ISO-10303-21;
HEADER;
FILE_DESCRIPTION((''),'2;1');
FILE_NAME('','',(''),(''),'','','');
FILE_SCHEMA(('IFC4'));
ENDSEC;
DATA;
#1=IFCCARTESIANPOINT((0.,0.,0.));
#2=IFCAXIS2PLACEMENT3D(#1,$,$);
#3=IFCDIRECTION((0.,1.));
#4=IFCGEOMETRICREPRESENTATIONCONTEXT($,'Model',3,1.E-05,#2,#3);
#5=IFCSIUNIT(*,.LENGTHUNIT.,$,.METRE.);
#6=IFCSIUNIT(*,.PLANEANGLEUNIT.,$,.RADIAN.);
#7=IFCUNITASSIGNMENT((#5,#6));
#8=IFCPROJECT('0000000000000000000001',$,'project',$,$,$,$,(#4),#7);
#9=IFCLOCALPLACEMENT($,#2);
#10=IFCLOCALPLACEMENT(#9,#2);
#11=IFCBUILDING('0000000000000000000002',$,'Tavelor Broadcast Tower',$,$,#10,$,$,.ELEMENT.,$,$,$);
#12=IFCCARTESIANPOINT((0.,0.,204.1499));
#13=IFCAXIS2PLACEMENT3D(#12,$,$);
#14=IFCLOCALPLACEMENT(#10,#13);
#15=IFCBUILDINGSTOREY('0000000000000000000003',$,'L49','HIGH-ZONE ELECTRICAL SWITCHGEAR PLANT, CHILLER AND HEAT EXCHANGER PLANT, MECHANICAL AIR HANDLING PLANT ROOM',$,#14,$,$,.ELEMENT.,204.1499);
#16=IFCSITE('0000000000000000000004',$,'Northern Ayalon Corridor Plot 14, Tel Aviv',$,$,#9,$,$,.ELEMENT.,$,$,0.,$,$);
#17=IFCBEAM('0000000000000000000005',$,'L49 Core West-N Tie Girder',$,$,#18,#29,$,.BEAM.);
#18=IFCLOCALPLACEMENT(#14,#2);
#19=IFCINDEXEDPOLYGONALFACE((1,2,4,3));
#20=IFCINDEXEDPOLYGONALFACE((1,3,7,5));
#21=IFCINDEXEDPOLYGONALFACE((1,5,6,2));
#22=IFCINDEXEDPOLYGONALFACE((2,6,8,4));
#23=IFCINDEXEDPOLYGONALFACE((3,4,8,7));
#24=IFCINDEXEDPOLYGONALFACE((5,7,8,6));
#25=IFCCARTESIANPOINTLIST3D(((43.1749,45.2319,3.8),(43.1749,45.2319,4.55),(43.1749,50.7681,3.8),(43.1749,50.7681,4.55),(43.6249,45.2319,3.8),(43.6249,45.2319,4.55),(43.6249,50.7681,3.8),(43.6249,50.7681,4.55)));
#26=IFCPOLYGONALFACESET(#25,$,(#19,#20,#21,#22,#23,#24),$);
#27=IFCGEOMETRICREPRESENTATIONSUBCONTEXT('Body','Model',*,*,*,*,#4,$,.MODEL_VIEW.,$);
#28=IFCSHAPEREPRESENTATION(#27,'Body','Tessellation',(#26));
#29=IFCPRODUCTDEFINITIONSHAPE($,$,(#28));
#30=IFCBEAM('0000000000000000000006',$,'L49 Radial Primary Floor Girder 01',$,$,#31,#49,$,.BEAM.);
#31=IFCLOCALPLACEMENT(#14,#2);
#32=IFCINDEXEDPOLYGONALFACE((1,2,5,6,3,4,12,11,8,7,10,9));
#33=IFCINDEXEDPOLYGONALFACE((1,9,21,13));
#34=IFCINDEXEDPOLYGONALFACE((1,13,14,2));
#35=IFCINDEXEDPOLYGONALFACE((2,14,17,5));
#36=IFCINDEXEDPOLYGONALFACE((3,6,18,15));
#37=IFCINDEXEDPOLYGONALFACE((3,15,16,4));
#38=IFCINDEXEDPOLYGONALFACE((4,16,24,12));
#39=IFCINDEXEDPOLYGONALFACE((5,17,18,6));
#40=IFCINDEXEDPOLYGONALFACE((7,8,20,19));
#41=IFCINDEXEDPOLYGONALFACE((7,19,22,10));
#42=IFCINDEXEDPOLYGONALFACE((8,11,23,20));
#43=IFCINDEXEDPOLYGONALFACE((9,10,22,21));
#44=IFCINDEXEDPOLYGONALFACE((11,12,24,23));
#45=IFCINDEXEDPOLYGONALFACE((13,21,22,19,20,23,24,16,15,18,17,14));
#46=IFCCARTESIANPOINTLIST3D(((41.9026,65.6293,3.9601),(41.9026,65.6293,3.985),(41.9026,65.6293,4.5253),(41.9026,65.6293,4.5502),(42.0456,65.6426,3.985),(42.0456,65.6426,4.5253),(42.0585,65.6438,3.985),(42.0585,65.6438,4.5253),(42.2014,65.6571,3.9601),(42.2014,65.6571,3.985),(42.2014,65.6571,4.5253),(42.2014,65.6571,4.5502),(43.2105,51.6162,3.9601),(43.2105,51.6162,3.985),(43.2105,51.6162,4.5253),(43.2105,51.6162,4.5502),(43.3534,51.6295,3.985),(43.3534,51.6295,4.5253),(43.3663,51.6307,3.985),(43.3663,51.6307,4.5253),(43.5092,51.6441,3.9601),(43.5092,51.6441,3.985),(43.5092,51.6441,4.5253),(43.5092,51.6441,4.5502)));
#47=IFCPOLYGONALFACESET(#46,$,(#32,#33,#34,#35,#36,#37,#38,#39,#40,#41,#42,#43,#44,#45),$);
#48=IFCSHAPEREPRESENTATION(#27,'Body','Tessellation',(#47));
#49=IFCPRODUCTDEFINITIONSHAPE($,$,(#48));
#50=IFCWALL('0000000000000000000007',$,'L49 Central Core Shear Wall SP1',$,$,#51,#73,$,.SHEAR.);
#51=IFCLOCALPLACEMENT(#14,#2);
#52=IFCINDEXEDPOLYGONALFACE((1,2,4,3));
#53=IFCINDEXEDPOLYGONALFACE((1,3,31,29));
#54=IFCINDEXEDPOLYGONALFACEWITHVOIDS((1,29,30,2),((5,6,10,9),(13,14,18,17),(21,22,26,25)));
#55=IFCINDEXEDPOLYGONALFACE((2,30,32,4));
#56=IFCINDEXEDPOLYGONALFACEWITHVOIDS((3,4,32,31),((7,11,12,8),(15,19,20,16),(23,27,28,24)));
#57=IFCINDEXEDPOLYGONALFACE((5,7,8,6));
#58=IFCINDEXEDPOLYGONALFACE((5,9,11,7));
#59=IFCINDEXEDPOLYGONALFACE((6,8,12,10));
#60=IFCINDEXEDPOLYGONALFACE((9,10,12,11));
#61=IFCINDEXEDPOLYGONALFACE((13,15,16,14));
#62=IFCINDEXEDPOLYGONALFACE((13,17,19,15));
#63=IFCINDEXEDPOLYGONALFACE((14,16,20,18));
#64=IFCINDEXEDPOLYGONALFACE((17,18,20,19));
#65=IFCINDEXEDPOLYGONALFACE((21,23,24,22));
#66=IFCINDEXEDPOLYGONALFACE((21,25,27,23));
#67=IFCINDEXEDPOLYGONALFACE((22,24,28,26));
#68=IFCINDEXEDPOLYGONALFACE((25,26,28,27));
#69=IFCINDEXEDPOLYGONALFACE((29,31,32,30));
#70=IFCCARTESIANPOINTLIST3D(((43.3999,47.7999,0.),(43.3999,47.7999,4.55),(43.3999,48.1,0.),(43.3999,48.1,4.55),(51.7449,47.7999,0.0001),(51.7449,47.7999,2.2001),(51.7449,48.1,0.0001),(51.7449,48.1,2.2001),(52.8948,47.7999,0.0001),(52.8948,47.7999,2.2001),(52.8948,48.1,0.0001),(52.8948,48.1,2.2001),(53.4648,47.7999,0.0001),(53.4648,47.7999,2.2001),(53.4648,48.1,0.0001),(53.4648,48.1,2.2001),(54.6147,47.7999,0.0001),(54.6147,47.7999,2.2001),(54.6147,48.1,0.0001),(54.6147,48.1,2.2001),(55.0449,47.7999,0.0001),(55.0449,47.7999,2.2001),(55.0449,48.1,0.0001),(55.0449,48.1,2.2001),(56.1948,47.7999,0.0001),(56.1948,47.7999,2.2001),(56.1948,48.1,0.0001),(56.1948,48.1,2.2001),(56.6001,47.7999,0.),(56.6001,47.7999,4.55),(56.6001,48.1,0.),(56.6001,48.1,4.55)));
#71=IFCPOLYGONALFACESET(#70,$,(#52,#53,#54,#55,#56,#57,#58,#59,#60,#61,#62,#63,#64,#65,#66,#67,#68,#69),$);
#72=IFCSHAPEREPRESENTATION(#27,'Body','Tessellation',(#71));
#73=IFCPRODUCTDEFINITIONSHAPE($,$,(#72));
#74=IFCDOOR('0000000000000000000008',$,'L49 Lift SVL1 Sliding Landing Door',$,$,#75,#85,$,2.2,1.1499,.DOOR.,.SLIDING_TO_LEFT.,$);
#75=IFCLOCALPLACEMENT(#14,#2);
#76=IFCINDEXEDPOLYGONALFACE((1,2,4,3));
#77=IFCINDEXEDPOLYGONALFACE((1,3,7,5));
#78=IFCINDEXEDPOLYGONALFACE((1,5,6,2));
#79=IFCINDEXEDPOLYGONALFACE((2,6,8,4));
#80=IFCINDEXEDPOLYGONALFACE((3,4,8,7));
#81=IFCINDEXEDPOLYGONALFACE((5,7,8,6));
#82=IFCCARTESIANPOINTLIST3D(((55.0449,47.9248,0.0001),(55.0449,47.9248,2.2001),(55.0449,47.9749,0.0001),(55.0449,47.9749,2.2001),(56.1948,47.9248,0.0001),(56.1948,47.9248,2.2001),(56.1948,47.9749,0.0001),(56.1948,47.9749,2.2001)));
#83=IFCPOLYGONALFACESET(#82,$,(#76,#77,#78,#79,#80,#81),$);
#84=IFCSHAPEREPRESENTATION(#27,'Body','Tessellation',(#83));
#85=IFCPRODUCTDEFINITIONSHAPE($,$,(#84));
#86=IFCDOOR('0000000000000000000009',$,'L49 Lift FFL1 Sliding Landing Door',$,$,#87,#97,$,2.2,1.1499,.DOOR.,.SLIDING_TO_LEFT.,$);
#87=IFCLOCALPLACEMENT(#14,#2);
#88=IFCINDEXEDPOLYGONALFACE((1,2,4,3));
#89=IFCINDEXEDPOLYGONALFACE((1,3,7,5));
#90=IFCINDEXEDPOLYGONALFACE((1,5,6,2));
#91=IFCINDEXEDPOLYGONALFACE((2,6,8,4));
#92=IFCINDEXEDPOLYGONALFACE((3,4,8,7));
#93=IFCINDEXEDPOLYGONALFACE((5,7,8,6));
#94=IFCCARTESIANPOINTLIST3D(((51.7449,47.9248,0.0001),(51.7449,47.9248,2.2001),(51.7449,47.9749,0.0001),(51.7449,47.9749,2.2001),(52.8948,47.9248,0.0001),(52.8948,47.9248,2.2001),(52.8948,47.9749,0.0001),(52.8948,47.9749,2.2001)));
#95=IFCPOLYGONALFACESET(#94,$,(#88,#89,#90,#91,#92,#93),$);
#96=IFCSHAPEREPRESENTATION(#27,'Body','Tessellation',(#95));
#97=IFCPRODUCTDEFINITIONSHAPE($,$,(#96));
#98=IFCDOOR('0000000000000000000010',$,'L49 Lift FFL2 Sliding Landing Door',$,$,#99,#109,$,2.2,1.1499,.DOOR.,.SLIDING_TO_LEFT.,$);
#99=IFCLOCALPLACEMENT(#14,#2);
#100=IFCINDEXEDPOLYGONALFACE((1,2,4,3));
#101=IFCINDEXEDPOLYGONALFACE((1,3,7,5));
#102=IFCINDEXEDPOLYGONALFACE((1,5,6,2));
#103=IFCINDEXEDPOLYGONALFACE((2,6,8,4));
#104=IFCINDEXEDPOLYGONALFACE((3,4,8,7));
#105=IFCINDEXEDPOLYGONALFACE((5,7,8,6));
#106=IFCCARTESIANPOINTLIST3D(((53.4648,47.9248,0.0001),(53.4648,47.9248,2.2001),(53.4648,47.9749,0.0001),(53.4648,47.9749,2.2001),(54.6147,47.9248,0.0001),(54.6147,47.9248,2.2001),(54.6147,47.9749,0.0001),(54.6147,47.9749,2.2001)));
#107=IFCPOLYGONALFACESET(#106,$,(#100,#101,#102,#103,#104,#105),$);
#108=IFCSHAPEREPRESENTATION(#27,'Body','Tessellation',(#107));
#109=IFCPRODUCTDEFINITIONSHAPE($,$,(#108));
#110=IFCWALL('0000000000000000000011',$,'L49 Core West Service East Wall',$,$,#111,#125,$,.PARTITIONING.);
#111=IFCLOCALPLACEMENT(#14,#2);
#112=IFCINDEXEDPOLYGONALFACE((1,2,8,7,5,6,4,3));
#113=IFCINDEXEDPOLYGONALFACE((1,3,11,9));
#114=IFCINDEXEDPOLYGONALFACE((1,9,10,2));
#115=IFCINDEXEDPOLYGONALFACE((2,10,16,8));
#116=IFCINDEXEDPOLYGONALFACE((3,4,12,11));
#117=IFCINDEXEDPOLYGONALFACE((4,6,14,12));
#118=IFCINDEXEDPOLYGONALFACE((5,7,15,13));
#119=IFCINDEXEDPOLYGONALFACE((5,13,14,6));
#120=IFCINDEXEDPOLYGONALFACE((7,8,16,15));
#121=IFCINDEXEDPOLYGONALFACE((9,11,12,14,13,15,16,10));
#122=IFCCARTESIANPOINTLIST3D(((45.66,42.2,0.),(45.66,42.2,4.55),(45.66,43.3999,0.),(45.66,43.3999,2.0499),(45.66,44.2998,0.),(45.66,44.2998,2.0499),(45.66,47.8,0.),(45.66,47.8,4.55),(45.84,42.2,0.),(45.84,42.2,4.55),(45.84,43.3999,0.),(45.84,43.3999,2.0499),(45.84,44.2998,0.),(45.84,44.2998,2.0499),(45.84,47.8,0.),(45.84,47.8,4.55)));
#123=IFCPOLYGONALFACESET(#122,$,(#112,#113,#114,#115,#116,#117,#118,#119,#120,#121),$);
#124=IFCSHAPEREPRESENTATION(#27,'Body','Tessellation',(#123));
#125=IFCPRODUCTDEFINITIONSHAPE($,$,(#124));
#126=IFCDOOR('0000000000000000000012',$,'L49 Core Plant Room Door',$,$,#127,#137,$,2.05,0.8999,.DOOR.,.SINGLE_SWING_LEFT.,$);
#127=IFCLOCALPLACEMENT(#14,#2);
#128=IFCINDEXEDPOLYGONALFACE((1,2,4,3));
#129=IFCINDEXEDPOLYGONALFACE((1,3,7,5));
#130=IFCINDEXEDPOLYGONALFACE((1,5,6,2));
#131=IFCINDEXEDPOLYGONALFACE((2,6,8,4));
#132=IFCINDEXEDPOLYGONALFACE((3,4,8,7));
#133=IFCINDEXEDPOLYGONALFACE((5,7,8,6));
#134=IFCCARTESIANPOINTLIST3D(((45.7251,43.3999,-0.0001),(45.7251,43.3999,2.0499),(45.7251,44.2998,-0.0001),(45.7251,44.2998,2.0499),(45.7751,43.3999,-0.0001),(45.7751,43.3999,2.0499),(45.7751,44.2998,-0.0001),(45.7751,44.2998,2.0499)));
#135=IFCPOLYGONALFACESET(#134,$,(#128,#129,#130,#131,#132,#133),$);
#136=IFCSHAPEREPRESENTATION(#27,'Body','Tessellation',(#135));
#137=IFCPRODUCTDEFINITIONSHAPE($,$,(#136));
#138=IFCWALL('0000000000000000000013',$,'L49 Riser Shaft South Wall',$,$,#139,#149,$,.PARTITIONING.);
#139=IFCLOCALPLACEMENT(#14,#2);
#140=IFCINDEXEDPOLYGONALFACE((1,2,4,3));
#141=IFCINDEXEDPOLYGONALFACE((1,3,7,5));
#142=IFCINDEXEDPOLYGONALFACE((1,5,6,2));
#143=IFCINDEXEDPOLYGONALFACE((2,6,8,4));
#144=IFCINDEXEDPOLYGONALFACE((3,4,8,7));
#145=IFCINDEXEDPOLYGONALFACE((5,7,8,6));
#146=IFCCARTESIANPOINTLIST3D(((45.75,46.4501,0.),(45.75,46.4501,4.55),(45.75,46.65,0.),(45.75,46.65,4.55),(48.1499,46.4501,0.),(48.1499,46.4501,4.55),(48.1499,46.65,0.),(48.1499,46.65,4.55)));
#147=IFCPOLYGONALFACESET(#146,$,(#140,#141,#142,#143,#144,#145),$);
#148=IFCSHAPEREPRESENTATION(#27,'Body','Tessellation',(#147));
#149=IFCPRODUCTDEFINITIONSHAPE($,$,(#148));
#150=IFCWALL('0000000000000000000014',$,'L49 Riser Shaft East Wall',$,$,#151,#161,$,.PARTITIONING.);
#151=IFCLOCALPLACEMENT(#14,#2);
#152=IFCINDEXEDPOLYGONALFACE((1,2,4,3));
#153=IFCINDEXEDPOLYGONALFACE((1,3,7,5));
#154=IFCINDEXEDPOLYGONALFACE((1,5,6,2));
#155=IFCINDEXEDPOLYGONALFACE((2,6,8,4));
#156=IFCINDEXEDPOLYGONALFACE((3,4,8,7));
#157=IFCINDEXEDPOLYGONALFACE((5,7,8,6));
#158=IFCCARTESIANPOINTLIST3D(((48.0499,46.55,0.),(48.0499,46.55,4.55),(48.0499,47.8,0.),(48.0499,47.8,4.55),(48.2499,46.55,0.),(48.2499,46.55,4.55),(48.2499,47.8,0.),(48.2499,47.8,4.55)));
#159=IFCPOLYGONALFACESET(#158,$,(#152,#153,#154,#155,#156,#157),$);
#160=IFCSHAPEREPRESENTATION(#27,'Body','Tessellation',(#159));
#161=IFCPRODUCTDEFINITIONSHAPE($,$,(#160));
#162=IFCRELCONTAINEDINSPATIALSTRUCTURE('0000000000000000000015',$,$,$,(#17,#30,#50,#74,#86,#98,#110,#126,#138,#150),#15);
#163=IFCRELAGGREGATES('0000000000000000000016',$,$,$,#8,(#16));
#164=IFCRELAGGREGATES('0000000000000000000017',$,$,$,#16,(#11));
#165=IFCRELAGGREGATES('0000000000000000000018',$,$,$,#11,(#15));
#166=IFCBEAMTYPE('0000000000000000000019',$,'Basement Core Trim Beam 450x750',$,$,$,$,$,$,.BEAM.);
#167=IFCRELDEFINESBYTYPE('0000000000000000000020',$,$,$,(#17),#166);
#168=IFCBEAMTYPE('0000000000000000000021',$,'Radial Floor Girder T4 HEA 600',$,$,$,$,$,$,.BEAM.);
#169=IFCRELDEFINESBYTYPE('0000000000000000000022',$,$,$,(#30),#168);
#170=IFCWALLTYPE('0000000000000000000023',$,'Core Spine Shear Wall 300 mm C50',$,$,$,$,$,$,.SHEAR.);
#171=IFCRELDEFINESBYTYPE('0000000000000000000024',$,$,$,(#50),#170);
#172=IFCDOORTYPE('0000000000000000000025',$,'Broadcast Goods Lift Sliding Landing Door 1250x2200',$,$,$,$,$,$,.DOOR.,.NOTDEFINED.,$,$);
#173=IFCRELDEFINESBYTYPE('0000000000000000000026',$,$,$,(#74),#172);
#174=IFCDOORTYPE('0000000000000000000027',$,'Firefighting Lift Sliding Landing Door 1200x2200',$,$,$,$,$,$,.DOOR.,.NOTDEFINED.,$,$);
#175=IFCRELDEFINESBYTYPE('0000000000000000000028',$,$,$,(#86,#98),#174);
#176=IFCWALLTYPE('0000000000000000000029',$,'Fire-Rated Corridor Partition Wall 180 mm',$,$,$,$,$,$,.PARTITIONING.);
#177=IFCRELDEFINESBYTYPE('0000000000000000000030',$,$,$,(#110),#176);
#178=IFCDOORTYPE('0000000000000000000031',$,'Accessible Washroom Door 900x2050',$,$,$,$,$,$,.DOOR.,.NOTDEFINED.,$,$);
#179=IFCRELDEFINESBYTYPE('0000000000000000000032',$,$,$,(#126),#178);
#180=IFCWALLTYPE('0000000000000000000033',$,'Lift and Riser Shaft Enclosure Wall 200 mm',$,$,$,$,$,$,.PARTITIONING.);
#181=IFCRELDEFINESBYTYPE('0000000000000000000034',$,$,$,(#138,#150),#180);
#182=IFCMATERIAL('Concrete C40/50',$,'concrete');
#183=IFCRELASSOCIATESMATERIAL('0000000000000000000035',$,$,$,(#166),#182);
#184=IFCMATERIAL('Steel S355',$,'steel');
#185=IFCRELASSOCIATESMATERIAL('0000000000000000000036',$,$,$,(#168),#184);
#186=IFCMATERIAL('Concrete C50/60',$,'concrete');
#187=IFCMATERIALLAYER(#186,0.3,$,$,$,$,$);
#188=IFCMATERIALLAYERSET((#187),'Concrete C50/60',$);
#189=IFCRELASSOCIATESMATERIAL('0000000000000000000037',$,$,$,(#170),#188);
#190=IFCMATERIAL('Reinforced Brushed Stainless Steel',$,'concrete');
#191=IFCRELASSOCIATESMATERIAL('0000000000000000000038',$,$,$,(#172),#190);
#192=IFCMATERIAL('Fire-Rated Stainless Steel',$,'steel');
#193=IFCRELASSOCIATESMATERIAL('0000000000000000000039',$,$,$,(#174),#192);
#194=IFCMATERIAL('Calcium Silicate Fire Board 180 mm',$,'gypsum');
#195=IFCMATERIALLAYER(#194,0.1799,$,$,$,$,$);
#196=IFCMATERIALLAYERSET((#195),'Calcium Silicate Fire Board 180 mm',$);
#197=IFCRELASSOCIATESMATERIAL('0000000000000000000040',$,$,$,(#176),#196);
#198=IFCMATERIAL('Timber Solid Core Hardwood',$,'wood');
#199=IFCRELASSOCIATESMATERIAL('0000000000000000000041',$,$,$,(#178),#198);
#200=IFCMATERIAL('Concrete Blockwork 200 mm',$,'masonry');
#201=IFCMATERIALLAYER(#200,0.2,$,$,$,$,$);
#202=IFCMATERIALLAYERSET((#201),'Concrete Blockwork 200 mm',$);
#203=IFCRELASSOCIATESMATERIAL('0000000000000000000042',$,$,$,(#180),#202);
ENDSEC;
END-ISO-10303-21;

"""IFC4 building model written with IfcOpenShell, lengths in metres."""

from ifc_helpers import new_model, si_unit, direction, frame, frame_2d, origin, origin_2d, place, context, subcontext, project, spatial, rectangle, i_section, extrude, material, layer, layer_set, material_profile, profile_set, type_object, element, fill, save


model = new_model("IFC4")

# Units and contexts
model_context = context("Model", 3, precision=1e-05, world=origin(), true_north=direction((0.0, 1.0)))
body_context = subcontext(model_context, "Body", "Model", "MODEL_VIEW")
ifc_project = project(units=[si_unit("LENGTHUNIT", "METRE"), si_unit("PLANEANGLEUNIT", "RADIAN")], contexts=[model_context])

# Site, building, storey
site_placement = place(None, origin())
site = spatial("IfcSite", under=ifc_project, at=site_placement, Name="Northern Ayalon Corridor Plot 14, Tel Aviv", CompositionType="ELEMENT", RefElevation=0.0)
building_placement = place(site_placement, origin())
building = spatial("IfcBuilding", under=site, at=building_placement, Name="Tavelor Broadcast Tower", CompositionType="ELEMENT")
storey_placement = place(building_placement, frame((0.0, 0.0, 204.1499)))
storey = spatial("IfcBuildingStorey", under=building, at=storey_placement, Name="L49", Description="HIGH-ZONE ELECTRICAL SWITCHGEAR PLANT, CHILLER AND HEAT EXCHANGER PLANT, MECHANICAL AIR HANDLING PLANT ROOM", CompositionType="ELEMENT", Elevation=204.1499)

# Beams
ifc_material_1 = material(Name="Concrete C40/50", Category="concrete")
ifc_material_profile_1 = material_profile(ifc_material_1, rectangle(XDim=0.45, YDim=0.75, at=origin_2d()), Name="RC 450x750")
ifc_profile_set_1 = profile_set([ifc_material_profile_1], Name="Concrete C40/50")
beam_type_1 = type_object("IfcBeamType", Name="Basement Core Trim Beam 450x750", PredefinedType="BEAM", material=ifc_profile_set_1)
beam_1_placement = place(storey_placement, frame((43.3999, 45.2319, 4.175), z_axis=(0.0, 1.0, 0.0), x_axis=(-1.0, 0.0, 0.0)))
element("IfcBeam", 1, at=beam_1_placement, inside=storey, type_object=beam_type_1, Name="L49 Core West-N Tie Girder", PredefinedType="BEAM", context=body_context, shape_type="SweptSolid", body=[
    extrude(rectangle(XDim=0.45, YDim=0.75, at=origin_2d()), origin(), (0.0, 0.0, 1.0), 5.5361),
])
ifc_material_2 = material(Name="Steel S355", Category="steel")
ifc_material_profile_2 = material_profile(ifc_material_2, i_section(OverallWidth=0.3, OverallDepth=0.5901, WebThickness=0.0129, FlangeThickness=0.0249, at=origin_2d()), Name="HEA 600")
ifc_profile_set_2 = profile_set([ifc_material_profile_2], Name="Steel S355")
beam_type_2 = type_object("IfcBeamType", Name="Radial Floor Girder T4 HEA 600", PredefinedType="BEAM", material=ifc_profile_set_2)
beam_2_placement = place(storey_placement, frame((43.3599, 51.6301, 4.2551), z_axis=(-0.092927, 0.995673, 0.0), x_axis=(-0.995673, -0.092927, 0.0)))
element("IfcBeam", 2, at=beam_2_placement, inside=storey, type_object=beam_type_2, Name="L49 Radial Primary Floor Girder 01", PredefinedType="BEAM", context=body_context, shape_type="SweptSolid", body=[
    extrude(i_section(OverallWidth=0.3, OverallDepth=0.5901, WebThickness=0.0129, FlangeThickness=0.0249, at=origin_2d()), origin(), (0.0, 0.0, 1.0), 14.074),
])

# Wall, openings, doors
ifc_material_3 = material(Name="Concrete C50/60", Category="concrete")
ifc_layer_1 = layer(ifc_material_3, 0.3)
ifc_layer_set_1 = layer_set([ifc_layer_1], Name="Concrete C50/60")
wall_type_1 = type_object("IfcWallType", Name="Core Spine Shear Wall 300 mm C50", PredefinedType="SHEAR", material=ifc_layer_set_1)
wall_1_placement = place(storey_placement, frame((43.3999, 47.95, 0.0), z_axis=(0.0, 0.0, 1.0), x_axis=(1.0, 0.0, 0.0)))
wall_1 = element("IfcWall", 3, at=wall_1_placement, inside=storey, type_object=wall_type_1, Name="L49 Central Core Shear Wall SP1", PredefinedType="SHEAR", context=body_context, shape_type="SweptSolid", body=[
    extrude(rectangle(XDim=13.2002, YDim=0.3, at=frame_2d((6.6001, 0.0))), origin(), (0.0, 0.0, 1.0), 4.55),
])
opening_1_placement = place(wall_1_placement, frame((8.345, 0.0, 0.0)))
opening_1 = element("IfcOpeningElement", 4, at=opening_1_placement, cuts=wall_1, PredefinedType="OPENING", context=body_context, shape_type="SweptSolid", body=[
    extrude(rectangle(XDim=1.1499, YDim=2.2, at=frame_2d((0.575, 1.1001))), frame((0.0, 0.1602, 0.0), z_axis=(0.0, -1.0, 0.0), x_axis=(1.0, 0.0, 0.0)), (0.0, 0.0, 1.0), 0.3201),
])
opening_2_placement = place(wall_1_placement, frame((10.0649, 0.0, 0.0)))
opening_2 = element("IfcOpeningElement", 5, at=opening_2_placement, cuts=wall_1, PredefinedType="OPENING", context=body_context, shape_type="SweptSolid", body=[
    extrude(rectangle(XDim=1.1499, YDim=2.2, at=frame_2d((0.575, 1.1001))), frame((0.0, 0.1602, 0.0), z_axis=(0.0, -1.0, 0.0), x_axis=(1.0, 0.0, 0.0)), (0.0, 0.0, 1.0), 0.3201),
])
opening_3_placement = place(wall_1_placement, frame((11.645, 0.0, 0.0)))
opening_3 = element("IfcOpeningElement", 6, at=opening_3_placement, cuts=wall_1, PredefinedType="OPENING", context=body_context, shape_type="SweptSolid", body=[
    extrude(rectangle(XDim=1.1499, YDim=2.2, at=frame_2d((0.575, 1.1001))), frame((0.0, 0.1602, 0.0), z_axis=(0.0, -1.0, 0.0), x_axis=(1.0, 0.0, 0.0)), (0.0, 0.0, 1.0), 0.3201),
])
ifc_material_4 = material(Name="Reinforced Brushed Stainless Steel", Category="concrete")
door_type_1 = type_object("IfcDoorType", Name="Broadcast Goods Lift Sliding Landing Door 1250x2200", OperationType="NOTDEFINED", PredefinedType="DOOR", material=ifc_material_4)
door_1_placement = place(opening_3_placement, origin())
door_1 = element("IfcDoor", 7, at=door_1_placement, inside=storey, type_object=door_type_1, Name="L49 Lift SVL1 Sliding Landing Door", OperationType="SLIDING_TO_LEFT", OverallHeight=2.2, OverallWidth=1.1499, PredefinedType="DOOR", context=body_context, shape_type="SweptSolid", body=[
    extrude(rectangle(XDim=1.1499, YDim=2.2, at=frame_2d((0.575, 1.1001))), frame((0.0, 0.0249, 0.0), z_axis=(0.0, -1.0, 0.0), x_axis=(1.0, 0.0, 0.0)), (0.0, 0.0, 1.0), 0.05),
])
fill(opening_3, door_1)
ifc_material_5 = material(Name="Fire-Rated Stainless Steel", Category="steel")
door_type_2 = type_object("IfcDoorType", Name="Firefighting Lift Sliding Landing Door 1200x2200", OperationType="NOTDEFINED", PredefinedType="DOOR", material=ifc_material_5)
door_2_placement = place(opening_1_placement, origin())
door_2 = element("IfcDoor", 8, at=door_2_placement, inside=storey, type_object=door_type_2, Name="L49 Lift FFL1 Sliding Landing Door", OperationType="SLIDING_TO_LEFT", OverallHeight=2.2, OverallWidth=1.1499, PredefinedType="DOOR", context=body_context, shape_type="SweptSolid", body=[
    extrude(rectangle(XDim=1.1499, YDim=2.2, at=frame_2d((0.575, 1.1001))), frame((0.0, 0.0249, 0.0), z_axis=(0.0, -1.0, 0.0), x_axis=(1.0, 0.0, 0.0)), (0.0, 0.0, 1.0), 0.05),
])
fill(opening_1, door_2)
door_3_placement = place(opening_2_placement, origin())
door_3 = element("IfcDoor", 9, at=door_3_placement, inside=storey, type_object=door_type_2, Name="L49 Lift FFL2 Sliding Landing Door", OperationType="SLIDING_TO_LEFT", OverallHeight=2.2, OverallWidth=1.1499, PredefinedType="DOOR", context=body_context, shape_type="SweptSolid", body=[
    extrude(rectangle(XDim=1.1499, YDim=2.2, at=frame_2d((0.575, 1.1001))), frame((0.0, 0.0249, 0.0), z_axis=(0.0, -1.0, 0.0), x_axis=(1.0, 0.0, 0.0)), (0.0, 0.0, 1.0), 0.05),
])
fill(opening_2, door_3)

# Wall, opening, door
ifc_material_6 = material(Name="Calcium Silicate Fire Board 180 mm", Category="gypsum")
ifc_layer_2 = layer(ifc_material_6, 0.1799)
ifc_layer_set_2 = layer_set([ifc_layer_2], Name="Calcium Silicate Fire Board 180 mm")
wall_type_2 = type_object("IfcWallType", Name="Fire-Rated Corridor Partition Wall 180 mm", PredefinedType="PARTITIONING", material=ifc_layer_set_2)
wall_2_placement = place(storey_placement, frame((45.75, 42.2, 0.0), z_axis=(0.0, 0.0, 1.0), x_axis=(0.0, 1.0, 0.0)))
wall_2 = element("IfcWall", 10, at=wall_2_placement, inside=storey, type_object=wall_type_2, Name="L49 Core West Service East Wall", PredefinedType="PARTITIONING", context=body_context, shape_type="SweptSolid", body=[
    extrude(rectangle(XDim=5.6001, YDim=0.1799, at=frame_2d((2.8, 0.0))), origin(), (0.0, 0.0, 1.0), 4.55),
])
opening_4_placement = place(wall_2_placement, frame((1.2, 0.0, 0.0)))
opening_4 = element("IfcOpeningElement", 11, at=opening_4_placement, cuts=wall_2, PredefinedType="OPENING", context=body_context, shape_type="SweptSolid", body=[
    extrude(rectangle(XDim=0.8999, YDim=2.05, at=frame_2d((0.45, 1.0249))), frame((0.0, 0.1001, 0.0), z_axis=(0.0, -1.0, 0.0), x_axis=(1.0, 0.0, 0.0)), (0.0, 0.0, 1.0), 0.2),
])
ifc_material_7 = material(Name="Timber Solid Core Hardwood", Category="wood")
door_type_3 = type_object("IfcDoorType", Name="Accessible Washroom Door 900x2050", OperationType="NOTDEFINED", PredefinedType="DOOR", material=ifc_material_7)
door_4_placement = place(opening_4_placement, origin())
door_4 = element("IfcDoor", 12, at=door_4_placement, inside=storey, type_object=door_type_3, Name="L49 Core Plant Room Door", OperationType="SINGLE_SWING_LEFT", OverallHeight=2.05, OverallWidth=0.8999, PredefinedType="DOOR", context=body_context, shape_type="SweptSolid", body=[
    extrude(rectangle(XDim=0.8999, YDim=2.05, at=frame_2d((0.45, 1.0249))), frame((0.0, 0.0249, 0.0), z_axis=(0.0, -1.0, 0.0), x_axis=(1.0, 0.0, 0.0)), (0.0, 0.0, 1.0), 0.05),
])
fill(opening_4, door_4)
ifc_material_8 = material(Name="Concrete Blockwork 200 mm", Category="masonry")

# Walls
ifc_layer_3 = layer(ifc_material_8, 0.2)
ifc_layer_set_3 = layer_set([ifc_layer_3], Name="Concrete Blockwork 200 mm")
wall_type_3 = type_object("IfcWallType", Name="Lift and Riser Shaft Enclosure Wall 200 mm", PredefinedType="PARTITIONING", material=ifc_layer_set_3)
wall_3_placement = place(storey_placement, frame((45.75, 46.55, 0.0), z_axis=(0.0, 0.0, 1.0), x_axis=(1.0, 0.0, 0.0)))
element("IfcWall", 13, at=wall_3_placement, inside=storey, type_object=wall_type_3, Name="L49 Riser Shaft South Wall", PredefinedType="PARTITIONING", context=body_context, shape_type="SweptSolid", body=[
    extrude(rectangle(XDim=2.3999, YDim=0.2, at=frame_2d((1.2, 0.0))), origin(), (0.0, 0.0, 1.0), 4.55),
])
wall_4_placement = place(storey_placement, frame((48.1499, 46.55, 0.0), z_axis=(0.0, 0.0, 1.0), x_axis=(0.0, 1.0, 0.0)))
element("IfcWall", 14, at=wall_4_placement, inside=storey, type_object=wall_type_3, Name="L49 Riser Shaft East Wall", PredefinedType="PARTITIONING", context=body_context, shape_type="SweptSolid", body=[
    extrude(rectangle(XDim=1.25, YDim=0.2, at=frame_2d((0.625, 0.0))), origin(), (0.0, 0.0, 1.0), 4.55),
])

save(model, "model.ifc")
